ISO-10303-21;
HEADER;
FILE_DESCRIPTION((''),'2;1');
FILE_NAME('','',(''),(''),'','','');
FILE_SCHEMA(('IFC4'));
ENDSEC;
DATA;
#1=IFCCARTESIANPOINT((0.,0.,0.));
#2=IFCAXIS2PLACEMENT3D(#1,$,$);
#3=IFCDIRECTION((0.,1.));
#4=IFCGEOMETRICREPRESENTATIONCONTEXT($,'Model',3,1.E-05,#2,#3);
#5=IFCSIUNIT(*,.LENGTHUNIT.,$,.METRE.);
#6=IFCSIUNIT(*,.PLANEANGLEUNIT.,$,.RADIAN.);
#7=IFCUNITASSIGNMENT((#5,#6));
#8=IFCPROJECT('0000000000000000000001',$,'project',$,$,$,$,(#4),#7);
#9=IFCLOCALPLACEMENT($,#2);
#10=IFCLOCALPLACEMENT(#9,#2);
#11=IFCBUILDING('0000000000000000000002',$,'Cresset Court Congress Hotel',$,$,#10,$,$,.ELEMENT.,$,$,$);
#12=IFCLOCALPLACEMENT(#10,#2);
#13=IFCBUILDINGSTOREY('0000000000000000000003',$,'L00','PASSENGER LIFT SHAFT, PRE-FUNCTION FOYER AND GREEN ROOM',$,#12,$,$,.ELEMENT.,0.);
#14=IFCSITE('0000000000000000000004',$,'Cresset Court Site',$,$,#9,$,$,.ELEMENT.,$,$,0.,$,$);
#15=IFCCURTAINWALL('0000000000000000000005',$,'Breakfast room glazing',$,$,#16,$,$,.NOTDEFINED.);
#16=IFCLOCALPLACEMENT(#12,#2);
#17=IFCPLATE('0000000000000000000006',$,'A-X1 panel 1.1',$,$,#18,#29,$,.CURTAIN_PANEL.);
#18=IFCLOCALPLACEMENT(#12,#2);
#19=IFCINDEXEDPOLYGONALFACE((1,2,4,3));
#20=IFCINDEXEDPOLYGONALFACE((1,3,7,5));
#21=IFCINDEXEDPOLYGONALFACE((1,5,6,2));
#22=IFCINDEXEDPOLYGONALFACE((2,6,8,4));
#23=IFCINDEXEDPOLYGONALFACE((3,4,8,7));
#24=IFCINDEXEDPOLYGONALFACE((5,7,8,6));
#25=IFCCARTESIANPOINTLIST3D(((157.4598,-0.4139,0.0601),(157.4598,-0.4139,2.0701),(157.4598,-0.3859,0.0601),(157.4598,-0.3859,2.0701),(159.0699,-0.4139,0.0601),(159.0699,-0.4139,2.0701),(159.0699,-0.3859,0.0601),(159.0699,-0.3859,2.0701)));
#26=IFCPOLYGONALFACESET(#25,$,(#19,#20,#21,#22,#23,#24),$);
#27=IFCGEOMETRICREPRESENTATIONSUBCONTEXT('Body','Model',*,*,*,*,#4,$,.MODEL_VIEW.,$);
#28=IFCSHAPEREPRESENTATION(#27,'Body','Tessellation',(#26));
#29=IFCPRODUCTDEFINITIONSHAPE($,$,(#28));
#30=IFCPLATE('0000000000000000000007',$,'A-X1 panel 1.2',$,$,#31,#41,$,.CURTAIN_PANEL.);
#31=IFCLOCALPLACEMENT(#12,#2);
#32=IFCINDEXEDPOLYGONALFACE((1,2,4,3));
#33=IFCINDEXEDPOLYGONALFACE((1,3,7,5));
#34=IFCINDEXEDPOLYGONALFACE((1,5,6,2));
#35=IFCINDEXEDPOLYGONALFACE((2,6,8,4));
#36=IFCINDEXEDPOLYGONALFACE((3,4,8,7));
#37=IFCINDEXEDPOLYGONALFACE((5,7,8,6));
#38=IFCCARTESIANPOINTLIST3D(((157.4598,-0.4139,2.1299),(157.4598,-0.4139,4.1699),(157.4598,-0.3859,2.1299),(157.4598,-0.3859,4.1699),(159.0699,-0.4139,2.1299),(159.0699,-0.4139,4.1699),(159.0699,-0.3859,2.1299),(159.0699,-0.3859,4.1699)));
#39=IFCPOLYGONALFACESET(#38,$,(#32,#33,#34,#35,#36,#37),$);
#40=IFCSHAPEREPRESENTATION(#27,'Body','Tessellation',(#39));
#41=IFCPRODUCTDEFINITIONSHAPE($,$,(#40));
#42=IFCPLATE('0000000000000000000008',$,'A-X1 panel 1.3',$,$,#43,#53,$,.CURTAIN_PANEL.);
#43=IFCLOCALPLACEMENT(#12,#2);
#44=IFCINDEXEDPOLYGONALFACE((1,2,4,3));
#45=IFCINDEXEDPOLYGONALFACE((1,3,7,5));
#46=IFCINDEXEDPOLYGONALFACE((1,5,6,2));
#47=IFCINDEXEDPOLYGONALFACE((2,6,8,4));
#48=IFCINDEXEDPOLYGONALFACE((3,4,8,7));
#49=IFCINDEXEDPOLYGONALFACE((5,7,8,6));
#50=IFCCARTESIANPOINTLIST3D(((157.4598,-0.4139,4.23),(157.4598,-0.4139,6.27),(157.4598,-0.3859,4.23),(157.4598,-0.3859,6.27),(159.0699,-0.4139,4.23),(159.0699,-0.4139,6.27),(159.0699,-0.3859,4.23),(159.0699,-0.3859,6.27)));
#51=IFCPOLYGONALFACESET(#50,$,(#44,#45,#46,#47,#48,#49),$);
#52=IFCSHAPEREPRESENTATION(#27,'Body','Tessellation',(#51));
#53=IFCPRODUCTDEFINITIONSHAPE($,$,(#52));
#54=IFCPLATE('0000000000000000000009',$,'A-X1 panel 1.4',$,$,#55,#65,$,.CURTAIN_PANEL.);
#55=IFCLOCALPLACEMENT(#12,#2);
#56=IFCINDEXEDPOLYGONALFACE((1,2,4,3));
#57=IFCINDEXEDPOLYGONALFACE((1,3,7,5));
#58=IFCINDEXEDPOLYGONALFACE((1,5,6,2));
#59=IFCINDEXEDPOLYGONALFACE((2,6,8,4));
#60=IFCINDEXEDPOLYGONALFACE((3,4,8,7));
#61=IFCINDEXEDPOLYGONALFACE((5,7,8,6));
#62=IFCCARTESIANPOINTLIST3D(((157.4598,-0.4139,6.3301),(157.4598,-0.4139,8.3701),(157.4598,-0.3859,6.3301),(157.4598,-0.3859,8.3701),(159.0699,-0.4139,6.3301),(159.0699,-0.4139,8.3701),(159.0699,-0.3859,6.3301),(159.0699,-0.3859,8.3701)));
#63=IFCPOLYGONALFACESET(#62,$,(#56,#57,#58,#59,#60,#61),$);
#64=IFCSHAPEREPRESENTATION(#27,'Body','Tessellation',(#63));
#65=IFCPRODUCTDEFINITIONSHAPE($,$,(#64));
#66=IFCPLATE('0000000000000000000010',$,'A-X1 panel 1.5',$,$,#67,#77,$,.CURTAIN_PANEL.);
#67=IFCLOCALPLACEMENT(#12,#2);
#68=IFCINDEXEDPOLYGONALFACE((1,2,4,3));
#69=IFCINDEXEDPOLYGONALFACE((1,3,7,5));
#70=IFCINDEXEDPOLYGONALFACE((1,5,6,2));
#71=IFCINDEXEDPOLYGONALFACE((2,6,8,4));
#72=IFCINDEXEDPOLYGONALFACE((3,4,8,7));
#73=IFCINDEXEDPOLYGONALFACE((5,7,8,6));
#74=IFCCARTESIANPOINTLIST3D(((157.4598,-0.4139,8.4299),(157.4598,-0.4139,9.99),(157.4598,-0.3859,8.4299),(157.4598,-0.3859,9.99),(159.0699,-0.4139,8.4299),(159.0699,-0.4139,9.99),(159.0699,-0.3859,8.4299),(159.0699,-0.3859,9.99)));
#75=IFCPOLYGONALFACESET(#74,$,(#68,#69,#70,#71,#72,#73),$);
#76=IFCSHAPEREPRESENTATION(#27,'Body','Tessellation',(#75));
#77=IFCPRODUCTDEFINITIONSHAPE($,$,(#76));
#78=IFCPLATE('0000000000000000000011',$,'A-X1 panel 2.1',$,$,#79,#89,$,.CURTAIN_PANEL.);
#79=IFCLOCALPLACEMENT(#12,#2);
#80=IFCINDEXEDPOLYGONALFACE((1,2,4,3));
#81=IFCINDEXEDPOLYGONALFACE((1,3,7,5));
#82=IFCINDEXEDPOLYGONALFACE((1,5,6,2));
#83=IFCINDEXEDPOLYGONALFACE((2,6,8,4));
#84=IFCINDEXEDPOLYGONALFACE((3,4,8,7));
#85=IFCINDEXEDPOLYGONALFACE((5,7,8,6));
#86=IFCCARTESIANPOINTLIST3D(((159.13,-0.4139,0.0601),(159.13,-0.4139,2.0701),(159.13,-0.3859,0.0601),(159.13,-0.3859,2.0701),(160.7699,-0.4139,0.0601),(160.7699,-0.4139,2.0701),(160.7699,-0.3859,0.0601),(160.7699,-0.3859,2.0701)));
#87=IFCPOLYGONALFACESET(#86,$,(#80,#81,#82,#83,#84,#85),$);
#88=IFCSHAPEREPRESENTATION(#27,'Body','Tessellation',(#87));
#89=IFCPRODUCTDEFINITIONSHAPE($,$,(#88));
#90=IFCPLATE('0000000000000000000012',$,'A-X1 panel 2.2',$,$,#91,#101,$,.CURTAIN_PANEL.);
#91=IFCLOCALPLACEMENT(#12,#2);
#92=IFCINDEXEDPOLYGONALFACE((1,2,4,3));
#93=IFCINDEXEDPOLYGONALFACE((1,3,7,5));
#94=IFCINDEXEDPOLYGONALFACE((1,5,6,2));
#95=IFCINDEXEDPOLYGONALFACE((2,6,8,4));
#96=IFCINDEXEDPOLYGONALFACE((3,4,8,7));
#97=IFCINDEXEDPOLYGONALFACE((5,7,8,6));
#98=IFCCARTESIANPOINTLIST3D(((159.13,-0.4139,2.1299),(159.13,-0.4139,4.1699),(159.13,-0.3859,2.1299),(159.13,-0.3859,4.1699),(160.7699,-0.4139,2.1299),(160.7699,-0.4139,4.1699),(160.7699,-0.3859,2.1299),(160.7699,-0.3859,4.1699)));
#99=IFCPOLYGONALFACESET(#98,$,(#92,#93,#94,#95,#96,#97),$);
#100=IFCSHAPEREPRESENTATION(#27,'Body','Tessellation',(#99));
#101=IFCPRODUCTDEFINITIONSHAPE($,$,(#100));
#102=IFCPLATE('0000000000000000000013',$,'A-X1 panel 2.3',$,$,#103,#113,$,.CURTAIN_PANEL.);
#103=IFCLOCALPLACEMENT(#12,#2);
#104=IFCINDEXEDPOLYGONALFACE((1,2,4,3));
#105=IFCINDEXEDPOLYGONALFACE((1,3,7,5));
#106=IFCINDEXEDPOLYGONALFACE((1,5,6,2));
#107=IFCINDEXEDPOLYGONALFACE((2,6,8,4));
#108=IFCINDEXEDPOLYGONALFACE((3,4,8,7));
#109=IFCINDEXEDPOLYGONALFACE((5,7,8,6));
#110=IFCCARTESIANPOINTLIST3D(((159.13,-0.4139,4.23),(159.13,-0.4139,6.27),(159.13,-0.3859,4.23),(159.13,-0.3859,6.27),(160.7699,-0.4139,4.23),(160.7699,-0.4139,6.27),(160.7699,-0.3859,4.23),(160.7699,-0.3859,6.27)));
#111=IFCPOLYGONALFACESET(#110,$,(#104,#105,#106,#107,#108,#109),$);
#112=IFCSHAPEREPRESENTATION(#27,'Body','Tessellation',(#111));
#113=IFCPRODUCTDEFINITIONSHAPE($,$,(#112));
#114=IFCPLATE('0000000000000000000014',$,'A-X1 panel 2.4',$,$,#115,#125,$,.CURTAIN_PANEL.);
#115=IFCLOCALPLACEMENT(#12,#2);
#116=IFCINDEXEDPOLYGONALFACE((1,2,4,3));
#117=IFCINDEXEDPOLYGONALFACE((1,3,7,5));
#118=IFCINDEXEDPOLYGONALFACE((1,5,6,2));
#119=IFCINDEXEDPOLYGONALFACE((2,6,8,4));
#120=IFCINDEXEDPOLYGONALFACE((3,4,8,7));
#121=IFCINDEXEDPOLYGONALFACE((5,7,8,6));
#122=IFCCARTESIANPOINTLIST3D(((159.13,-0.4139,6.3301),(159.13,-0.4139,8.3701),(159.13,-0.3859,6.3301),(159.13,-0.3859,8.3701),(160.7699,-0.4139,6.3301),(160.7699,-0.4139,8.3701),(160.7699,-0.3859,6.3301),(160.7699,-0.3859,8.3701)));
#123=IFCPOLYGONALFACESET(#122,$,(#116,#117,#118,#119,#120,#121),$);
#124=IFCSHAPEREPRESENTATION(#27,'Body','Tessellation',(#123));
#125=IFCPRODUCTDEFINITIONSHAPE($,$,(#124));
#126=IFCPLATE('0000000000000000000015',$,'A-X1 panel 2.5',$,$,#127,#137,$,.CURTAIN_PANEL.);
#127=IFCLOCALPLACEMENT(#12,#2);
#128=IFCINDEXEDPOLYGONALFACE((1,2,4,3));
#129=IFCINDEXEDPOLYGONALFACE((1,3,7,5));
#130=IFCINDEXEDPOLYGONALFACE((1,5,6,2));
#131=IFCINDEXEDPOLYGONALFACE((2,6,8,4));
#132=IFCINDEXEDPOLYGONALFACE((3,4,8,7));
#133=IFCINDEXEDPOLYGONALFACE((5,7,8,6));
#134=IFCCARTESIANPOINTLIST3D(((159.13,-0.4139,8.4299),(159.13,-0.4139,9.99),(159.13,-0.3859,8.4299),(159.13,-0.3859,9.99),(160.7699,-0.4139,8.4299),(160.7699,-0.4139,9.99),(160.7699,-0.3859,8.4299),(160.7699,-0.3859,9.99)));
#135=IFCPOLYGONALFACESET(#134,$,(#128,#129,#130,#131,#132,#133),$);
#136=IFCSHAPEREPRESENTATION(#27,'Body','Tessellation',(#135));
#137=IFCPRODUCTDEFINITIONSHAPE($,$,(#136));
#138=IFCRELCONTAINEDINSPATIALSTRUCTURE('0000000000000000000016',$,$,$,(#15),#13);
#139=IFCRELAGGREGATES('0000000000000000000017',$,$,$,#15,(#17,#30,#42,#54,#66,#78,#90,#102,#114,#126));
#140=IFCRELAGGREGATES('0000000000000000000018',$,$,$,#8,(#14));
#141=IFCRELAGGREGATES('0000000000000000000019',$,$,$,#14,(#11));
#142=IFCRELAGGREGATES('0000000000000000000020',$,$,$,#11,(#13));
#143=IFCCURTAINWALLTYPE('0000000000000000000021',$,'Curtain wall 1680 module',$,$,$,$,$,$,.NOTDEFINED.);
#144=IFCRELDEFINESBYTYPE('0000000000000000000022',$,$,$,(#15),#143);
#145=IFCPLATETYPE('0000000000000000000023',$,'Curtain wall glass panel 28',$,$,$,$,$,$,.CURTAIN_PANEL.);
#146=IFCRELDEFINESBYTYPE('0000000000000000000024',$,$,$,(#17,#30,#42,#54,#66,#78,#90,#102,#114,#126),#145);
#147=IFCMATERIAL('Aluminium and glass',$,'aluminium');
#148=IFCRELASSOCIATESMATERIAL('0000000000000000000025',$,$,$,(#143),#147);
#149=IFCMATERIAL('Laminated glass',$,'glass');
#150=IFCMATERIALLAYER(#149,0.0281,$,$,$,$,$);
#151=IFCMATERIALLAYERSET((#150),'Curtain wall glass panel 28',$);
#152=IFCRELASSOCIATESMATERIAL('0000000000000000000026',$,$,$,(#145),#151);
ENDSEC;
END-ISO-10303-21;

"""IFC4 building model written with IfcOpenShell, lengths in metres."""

from ifc_helpers import new_model, si_unit, direction, frame, origin, origin_2d, place, context, subcontext, project, spatial, rectangle, extrude, material, layer, layer_set, type_object, element, aggregate, save


model = new_model("IFC4")

# Units and contexts
model_context = context("Model", 3, precision=1e-05, world=origin(), true_north=direction((0.0, 1.0)))
body_context = subcontext(model_context, "Body", "Model", "MODEL_VIEW")
ifc_project = project(units=[si_unit("LENGTHUNIT", "METRE"), si_unit("PLANEANGLEUNIT", "RADIAN")], contexts=[model_context])

# Site, building, storey
site_placement = place(None, origin())
site = spatial("IfcSite", under=ifc_project, at=site_placement, Name="Cresset Court Site", CompositionType="ELEMENT", RefElevation=0.0)
building_placement = place(site_placement, origin())
building = spatial("IfcBuilding", under=site, at=building_placement, Name="Cresset Court Congress Hotel", CompositionType="ELEMENT")
storey_placement = place(building_placement, origin())
storey = spatial("IfcBuildingStorey", under=building, at=storey_placement, Name="L00", Description="PASSENGER LIFT SHAFT, PRE-FUNCTION FOYER AND GREEN ROOM", CompositionType="ELEMENT", Elevation=0.0)

# Curtain wall, plates
ifc_material_1 = material(Name="Aluminium and glass", Category="aluminium")
curtain_wall_type = type_object("IfcCurtainWallType", Name="Curtain wall 1680 module", PredefinedType="NOTDEFINED", material=ifc_material_1)
curtain_wall_placement = place(storey_placement, origin())
curtain_wall = element("IfcCurtainWall", 1, at=curtain_wall_placement, inside=storey, type_object=curtain_wall_type, Name="Breakfast room glazing", PredefinedType="NOTDEFINED")
ifc_material_2 = material(Name="Laminated glass", Category="glass")
ifc_layer = layer(ifc_material_2, 0.0281)
ifc_layer_set = layer_set([ifc_layer], Name="Curtain wall glass panel 28")
plate_type = type_object("IfcPlateType", Name="Curtain wall glass panel 28", PredefinedType="CURTAIN_PANEL", material=ifc_layer_set)
plate_1_placement = place(storey_placement, frame((158.2649, -0.3999, 0.0601), z_axis=(0.0, 0.0, 1.0), x_axis=(1.0, 0.0, 0.0)))
plate_1 = element("IfcPlate", 2, at=plate_1_placement, type_object=plate_type, Name="A-X1 panel 1.1", PredefinedType="CURTAIN_PANEL", context=body_context, shape_type="SweptSolid", body=[
    extrude(rectangle(XDim=1.6101, YDim=0.0281, at=origin_2d()), origin(), (0.0, 0.0, 1.0), 2.01),
])
plate_2_placement = place(storey_placement, frame((158.2649, -0.3999, 2.1299), z_axis=(0.0, 0.0, 1.0), x_axis=(1.0, 0.0, 0.0)))
plate_2 = element("IfcPlate", 3, at=plate_2_placement, type_object=plate_type, Name="A-X1 panel 1.2", PredefinedType="CURTAIN_PANEL", context=body_context, shape_type="SweptSolid", body=[
    extrude(rectangle(XDim=1.6101, YDim=0.0281, at=origin_2d()), origin(), (0.0, 0.0, 1.0), 2.04),
])
plate_3_placement = place(storey_placement, frame((158.2649, -0.3999, 4.23), z_axis=(0.0, 0.0, 1.0), x_axis=(1.0, 0.0, 0.0)))
plate_3 = element("IfcPlate", 4, at=plate_3_placement, type_object=plate_type, Name="A-X1 panel 1.3", PredefinedType="CURTAIN_PANEL", context=body_context, shape_type="SweptSolid", body=[
    extrude(rectangle(XDim=1.6101, YDim=0.0281, at=origin_2d()), origin(), (0.0, 0.0, 1.0), 2.04),
])
plate_4_placement = place(storey_placement, frame((158.2649, -0.3999, 6.3301), z_axis=(0.0, 0.0, 1.0), x_axis=(1.0, 0.0, 0.0)))
plate_4 = element("IfcPlate", 5, at=plate_4_placement, type_object=plate_type, Name="A-X1 panel 1.4", PredefinedType="CURTAIN_PANEL", context=body_context, shape_type="SweptSolid", body=[
    extrude(rectangle(XDim=1.6101, YDim=0.0281, at=origin_2d()), origin(), (0.0, 0.0, 1.0), 2.04),
])
plate_5_placement = place(storey_placement, frame((158.2649, -0.3999, 8.4299), z_axis=(0.0, 0.0, 1.0), x_axis=(1.0, 0.0, 0.0)))
plate_5 = element("IfcPlate", 6, at=plate_5_placement, type_object=plate_type, Name="A-X1 panel 1.5", PredefinedType="CURTAIN_PANEL", context=body_context, shape_type="SweptSolid", body=[
    extrude(rectangle(XDim=1.6101, YDim=0.0281, at=origin_2d()), origin(), (0.0, 0.0, 1.0), 1.5601),
])
plate_6_placement = place(storey_placement, frame((159.95, -0.3999, 0.0601), z_axis=(0.0, 0.0, 1.0), x_axis=(1.0, 0.0, 0.0)))
plate_6 = element("IfcPlate", 7, at=plate_6_placement, type_object=plate_type, Name="A-X1 panel 2.1", PredefinedType="CURTAIN_PANEL", context=body_context, shape_type="SweptSolid", body=[
    extrude(rectangle(XDim=1.6399, YDim=0.0281, at=origin_2d()), origin(), (0.0, 0.0, 1.0), 2.01),
])
plate_7_placement = place(storey_placement, frame((159.95, -0.3999, 2.1299), z_axis=(0.0, 0.0, 1.0), x_axis=(1.0, 0.0, 0.0)))
plate_7 = element("IfcPlate", 8, at=plate_7_placement, type_object=plate_type, Name="A-X1 panel 2.2", PredefinedType="CURTAIN_PANEL", context=body_context, shape_type="SweptSolid", body=[
    extrude(rectangle(XDim=1.6399, YDim=0.0281, at=origin_2d()), origin(), (0.0, 0.0, 1.0), 2.04),
])
plate_8_placement = place(storey_placement, frame((159.95, -0.3999, 4.23), z_axis=(0.0, 0.0, 1.0), x_axis=(1.0, 0.0, 0.0)))
plate_8 = element("IfcPlate", 9, at=plate_8_placement, type_object=plate_type, Name="A-X1 panel 2.3", PredefinedType="CURTAIN_PANEL", context=body_context, shape_type="SweptSolid", body=[
    extrude(rectangle(XDim=1.6399, YDim=0.0281, at=origin_2d()), origin(), (0.0, 0.0, 1.0), 2.04),
])
plate_9_placement = place(storey_placement, frame((159.95, -0.3999, 6.3301), z_axis=(0.0, 0.0, 1.0), x_axis=(1.0, 0.0, 0.0)))
plate_9 = element("IfcPlate", 10, at=plate_9_placement, type_object=plate_type, Name="A-X1 panel 2.4", PredefinedType="CURTAIN_PANEL", context=body_context, shape_type="SweptSolid", body=[
    extrude(rectangle(XDim=1.6399, YDim=0.0281, at=origin_2d()), origin(), (0.0, 0.0, 1.0), 2.04),
])
plate_10_placement = place(storey_placement, frame((159.95, -0.3999, 8.4299), z_axis=(0.0, 0.0, 1.0), x_axis=(1.0, 0.0, 0.0)))
plate_10 = element("IfcPlate", 11, at=plate_10_placement, type_object=plate_type, Name="A-X1 panel 2.5", PredefinedType="CURTAIN_PANEL", context=body_context, shape_type="SweptSolid", body=[
    extrude(rectangle(XDim=1.6399, YDim=0.0281, at=origin_2d()), origin(), (0.0, 0.0, 1.0), 1.5601),
])
aggregate(curtain_wall, [plate_1, plate_2, plate_3, plate_4, plate_5, plate_6, plate_7, plate_8, plate_9, plate_10])

save(model, "model.ifc")
